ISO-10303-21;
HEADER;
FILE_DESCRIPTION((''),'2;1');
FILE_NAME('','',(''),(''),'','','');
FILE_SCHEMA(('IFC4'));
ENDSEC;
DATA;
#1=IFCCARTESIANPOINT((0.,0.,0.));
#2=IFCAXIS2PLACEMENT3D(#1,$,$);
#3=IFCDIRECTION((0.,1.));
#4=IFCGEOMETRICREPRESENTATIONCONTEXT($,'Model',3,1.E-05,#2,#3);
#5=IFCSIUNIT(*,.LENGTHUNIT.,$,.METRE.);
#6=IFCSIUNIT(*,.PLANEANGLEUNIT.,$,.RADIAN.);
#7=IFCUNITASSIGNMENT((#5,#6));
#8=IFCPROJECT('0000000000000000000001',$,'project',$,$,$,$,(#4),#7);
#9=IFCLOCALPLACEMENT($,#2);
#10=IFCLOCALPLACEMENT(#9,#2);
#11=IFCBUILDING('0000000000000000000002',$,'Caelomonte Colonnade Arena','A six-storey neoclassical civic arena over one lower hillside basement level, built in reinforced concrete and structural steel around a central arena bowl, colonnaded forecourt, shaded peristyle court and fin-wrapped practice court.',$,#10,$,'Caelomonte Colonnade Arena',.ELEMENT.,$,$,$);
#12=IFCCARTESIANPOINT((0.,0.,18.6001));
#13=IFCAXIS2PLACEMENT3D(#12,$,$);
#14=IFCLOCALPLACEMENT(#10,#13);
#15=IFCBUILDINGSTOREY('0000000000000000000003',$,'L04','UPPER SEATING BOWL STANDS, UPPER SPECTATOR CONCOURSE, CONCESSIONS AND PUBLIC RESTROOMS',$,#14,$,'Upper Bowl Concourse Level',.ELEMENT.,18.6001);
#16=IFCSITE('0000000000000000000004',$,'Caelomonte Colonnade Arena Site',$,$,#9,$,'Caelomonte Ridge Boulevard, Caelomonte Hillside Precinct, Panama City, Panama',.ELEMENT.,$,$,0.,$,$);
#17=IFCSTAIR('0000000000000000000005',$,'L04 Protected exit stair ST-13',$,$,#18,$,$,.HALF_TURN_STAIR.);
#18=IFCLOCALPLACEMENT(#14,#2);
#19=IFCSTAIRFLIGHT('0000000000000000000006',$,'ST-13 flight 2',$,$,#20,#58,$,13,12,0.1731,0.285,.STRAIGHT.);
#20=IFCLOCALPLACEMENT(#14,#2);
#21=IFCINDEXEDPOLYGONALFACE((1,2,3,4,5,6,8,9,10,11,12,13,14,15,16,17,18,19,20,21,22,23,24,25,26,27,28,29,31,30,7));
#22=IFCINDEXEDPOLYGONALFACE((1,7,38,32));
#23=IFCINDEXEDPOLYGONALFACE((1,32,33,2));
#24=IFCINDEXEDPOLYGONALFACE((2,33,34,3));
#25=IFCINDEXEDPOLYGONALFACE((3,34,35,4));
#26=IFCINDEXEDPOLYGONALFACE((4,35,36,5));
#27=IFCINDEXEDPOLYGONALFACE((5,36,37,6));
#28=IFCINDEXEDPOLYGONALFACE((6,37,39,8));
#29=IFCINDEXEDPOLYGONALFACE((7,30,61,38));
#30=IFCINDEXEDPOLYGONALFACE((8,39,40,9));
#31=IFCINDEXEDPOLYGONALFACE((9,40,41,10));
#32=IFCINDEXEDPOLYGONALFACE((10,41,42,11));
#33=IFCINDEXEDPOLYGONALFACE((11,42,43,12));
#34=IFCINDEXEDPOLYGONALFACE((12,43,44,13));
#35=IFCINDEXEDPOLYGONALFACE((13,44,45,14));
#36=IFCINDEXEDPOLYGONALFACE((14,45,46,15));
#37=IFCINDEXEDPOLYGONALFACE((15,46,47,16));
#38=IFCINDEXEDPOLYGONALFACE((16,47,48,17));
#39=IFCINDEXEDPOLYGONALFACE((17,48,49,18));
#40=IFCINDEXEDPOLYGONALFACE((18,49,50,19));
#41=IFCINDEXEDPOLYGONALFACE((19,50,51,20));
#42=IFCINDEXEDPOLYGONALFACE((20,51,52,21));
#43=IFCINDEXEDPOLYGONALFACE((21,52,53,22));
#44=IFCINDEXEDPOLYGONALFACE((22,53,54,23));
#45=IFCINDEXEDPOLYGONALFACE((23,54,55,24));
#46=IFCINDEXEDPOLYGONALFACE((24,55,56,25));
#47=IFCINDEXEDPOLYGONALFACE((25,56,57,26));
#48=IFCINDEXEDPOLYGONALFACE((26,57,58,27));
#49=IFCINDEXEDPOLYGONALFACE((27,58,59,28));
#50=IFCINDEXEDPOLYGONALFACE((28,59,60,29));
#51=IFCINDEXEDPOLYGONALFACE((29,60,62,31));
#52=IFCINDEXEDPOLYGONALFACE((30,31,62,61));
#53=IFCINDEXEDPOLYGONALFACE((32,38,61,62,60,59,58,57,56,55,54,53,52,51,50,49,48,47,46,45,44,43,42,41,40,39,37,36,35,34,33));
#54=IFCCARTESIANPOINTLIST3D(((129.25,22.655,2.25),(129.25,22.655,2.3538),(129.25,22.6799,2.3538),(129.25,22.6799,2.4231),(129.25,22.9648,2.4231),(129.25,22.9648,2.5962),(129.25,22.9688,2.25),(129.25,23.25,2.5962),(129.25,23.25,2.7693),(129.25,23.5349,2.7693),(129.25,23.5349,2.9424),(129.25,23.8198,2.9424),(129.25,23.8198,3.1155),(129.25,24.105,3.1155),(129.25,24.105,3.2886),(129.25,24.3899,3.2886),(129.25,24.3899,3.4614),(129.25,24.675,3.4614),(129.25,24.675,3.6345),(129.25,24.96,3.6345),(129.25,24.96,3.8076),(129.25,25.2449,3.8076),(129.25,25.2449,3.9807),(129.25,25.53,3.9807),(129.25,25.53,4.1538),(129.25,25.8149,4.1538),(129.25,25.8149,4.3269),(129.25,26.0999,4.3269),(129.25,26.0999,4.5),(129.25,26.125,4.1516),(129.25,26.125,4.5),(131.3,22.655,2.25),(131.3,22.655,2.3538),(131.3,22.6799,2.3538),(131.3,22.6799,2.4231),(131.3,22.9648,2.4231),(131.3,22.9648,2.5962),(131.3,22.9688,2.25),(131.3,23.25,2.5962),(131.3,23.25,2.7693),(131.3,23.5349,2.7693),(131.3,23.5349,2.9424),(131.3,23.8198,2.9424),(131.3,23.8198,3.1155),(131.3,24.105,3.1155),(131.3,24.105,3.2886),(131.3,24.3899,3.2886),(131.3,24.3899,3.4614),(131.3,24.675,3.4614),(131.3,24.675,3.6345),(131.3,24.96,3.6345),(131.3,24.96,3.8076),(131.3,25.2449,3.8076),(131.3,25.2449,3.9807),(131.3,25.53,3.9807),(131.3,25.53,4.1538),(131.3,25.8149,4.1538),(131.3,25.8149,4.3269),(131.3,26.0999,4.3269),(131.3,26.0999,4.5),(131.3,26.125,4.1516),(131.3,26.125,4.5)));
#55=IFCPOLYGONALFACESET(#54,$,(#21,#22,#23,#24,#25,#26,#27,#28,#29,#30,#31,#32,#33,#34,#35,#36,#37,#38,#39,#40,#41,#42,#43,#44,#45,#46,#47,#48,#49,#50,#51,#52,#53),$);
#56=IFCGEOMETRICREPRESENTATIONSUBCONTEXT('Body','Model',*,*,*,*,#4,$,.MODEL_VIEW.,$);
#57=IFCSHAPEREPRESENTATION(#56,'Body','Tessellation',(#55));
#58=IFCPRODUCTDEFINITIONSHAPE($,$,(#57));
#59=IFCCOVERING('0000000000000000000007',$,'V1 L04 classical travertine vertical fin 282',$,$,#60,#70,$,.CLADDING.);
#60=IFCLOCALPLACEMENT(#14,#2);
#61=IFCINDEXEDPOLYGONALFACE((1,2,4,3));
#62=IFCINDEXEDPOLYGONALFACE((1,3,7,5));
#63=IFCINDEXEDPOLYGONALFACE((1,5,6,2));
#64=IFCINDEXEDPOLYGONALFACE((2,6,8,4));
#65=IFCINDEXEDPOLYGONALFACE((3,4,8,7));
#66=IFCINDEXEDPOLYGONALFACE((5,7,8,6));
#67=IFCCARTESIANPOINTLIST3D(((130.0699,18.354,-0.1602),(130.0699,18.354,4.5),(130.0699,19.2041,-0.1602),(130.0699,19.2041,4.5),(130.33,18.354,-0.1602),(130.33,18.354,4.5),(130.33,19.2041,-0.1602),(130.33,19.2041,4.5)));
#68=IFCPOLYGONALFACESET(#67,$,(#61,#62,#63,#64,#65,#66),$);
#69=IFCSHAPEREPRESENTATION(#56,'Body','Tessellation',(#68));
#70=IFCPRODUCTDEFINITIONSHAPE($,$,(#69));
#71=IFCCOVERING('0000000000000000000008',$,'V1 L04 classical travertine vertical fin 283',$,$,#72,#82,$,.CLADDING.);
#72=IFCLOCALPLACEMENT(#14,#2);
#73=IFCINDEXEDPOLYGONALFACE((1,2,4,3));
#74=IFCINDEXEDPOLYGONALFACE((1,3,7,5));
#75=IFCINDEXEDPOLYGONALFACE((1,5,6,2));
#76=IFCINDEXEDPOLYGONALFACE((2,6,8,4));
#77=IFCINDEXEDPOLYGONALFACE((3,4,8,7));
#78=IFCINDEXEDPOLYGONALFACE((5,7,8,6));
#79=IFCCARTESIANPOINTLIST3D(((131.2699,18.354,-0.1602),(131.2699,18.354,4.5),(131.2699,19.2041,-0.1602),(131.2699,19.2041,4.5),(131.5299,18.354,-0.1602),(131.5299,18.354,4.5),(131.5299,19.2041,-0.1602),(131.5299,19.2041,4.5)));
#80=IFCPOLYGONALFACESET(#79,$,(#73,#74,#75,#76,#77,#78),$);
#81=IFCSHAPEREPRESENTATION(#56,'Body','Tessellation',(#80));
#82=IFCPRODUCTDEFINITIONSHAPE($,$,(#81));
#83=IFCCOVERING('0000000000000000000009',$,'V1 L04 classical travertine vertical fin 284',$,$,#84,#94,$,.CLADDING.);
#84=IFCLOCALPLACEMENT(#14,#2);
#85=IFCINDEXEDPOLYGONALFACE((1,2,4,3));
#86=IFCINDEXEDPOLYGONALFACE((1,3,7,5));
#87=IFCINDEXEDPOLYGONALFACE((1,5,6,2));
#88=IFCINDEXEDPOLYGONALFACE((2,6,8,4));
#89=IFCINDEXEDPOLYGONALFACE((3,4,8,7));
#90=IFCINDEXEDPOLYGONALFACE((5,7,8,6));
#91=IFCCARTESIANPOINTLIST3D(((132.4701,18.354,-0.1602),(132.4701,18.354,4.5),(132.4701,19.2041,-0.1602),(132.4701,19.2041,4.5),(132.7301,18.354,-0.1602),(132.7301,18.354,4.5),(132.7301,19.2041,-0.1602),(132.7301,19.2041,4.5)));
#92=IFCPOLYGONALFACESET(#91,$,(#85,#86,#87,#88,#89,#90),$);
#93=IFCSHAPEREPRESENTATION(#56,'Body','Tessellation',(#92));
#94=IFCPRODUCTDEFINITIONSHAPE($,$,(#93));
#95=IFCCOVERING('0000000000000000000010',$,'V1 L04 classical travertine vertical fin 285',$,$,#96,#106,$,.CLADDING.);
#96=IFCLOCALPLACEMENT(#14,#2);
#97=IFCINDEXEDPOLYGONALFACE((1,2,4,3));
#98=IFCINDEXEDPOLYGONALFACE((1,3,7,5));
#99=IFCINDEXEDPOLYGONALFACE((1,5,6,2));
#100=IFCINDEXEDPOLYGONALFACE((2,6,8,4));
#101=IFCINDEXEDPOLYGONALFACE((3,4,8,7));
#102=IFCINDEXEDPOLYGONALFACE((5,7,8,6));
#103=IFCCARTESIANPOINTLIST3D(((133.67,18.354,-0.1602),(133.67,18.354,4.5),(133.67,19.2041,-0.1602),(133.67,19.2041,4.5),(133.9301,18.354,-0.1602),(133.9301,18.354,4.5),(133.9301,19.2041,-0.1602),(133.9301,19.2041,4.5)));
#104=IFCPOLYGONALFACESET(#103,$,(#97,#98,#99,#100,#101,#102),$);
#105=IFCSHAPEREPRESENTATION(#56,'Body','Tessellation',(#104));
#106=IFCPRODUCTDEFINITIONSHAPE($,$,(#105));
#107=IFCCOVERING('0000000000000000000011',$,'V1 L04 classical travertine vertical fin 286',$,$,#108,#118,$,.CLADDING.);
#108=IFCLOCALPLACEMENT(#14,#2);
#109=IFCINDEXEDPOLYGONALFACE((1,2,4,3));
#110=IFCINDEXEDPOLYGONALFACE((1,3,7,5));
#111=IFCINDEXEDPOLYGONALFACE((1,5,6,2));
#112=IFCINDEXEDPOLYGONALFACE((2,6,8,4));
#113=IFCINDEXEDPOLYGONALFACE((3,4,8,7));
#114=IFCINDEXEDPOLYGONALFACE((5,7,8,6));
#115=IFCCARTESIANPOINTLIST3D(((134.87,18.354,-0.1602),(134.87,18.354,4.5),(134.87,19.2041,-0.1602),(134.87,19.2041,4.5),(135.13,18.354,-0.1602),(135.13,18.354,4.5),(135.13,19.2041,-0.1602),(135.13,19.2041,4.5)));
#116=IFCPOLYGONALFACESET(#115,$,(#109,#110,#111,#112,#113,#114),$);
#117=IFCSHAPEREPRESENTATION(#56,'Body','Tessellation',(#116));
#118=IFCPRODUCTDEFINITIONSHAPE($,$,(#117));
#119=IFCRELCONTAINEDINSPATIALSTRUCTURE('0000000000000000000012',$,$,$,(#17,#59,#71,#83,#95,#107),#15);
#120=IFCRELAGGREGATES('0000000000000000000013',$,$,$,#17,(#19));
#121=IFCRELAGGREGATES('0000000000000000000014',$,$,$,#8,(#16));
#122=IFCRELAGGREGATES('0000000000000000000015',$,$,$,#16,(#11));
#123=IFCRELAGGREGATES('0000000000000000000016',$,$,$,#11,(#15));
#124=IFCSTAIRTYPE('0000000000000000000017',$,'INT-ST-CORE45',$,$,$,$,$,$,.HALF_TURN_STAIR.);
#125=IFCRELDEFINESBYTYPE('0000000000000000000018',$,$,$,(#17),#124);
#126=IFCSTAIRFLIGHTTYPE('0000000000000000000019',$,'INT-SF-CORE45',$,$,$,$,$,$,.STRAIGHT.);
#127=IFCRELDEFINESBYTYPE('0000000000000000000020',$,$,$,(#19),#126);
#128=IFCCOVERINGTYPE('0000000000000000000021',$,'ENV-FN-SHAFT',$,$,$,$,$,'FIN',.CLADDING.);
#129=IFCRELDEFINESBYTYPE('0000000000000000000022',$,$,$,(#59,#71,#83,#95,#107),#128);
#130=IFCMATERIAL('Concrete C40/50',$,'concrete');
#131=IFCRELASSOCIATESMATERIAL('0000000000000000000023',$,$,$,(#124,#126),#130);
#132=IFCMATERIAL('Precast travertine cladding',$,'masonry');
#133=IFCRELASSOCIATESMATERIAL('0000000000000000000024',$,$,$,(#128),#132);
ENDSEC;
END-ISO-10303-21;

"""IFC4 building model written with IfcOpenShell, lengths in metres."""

from ifc_helpers import new_model, si_unit, direction, frame, origin, origin_2d, place, context, subcontext, project, spatial, polyline, rectangle, outline, extrude, material, material_profile, profile_set, type_object, element, aggregate, save


model = new_model("IFC4")

# Units and contexts
model_context = context("Model", 3, precision=1e-05, world=origin(), true_north=direction((0.0, 1.0)))
body_context = subcontext(model_context, "Body", "Model", "MODEL_VIEW")
ifc_project = project(units=[si_unit("LENGTHUNIT", "METRE"), si_unit("PLANEANGLEUNIT", "RADIAN")], contexts=[model_context])

# Site, building, storey
site_placement = place(None, origin())
site = spatial("IfcSite", under=ifc_project, at=site_placement, Name="Caelomonte Colonnade Arena Site", LongName="Caelomonte Ridge Boulevard, Caelomonte Hillside Precinct, Panama City, Panama", CompositionType="ELEMENT", RefElevation=0.0)
building_placement = place(site_placement, origin())
building = spatial("IfcBuilding", under=site, at=building_placement, Name="Caelomonte Colonnade Arena", Description="A six-storey neoclassical civic arena over one lower hillside basement level, built in reinforced concrete and structural steel around a central arena bowl, colonnaded forecourt, shaded peristyle court and fin-wrapped practice court.", LongName="Caelomonte Colonnade Arena", CompositionType="ELEMENT")
storey_placement = place(building_placement, frame((0.0, 0.0, 18.6001)))
storey = spatial("IfcBuildingStorey", under=building, at=storey_placement, Name="L04", Description="UPPER SEATING BOWL STANDS, UPPER SPECTATOR CONCOURSE, CONCESSIONS AND PUBLIC RESTROOMS", LongName="Upper Bowl Concourse Level", CompositionType="ELEMENT", Elevation=18.6001)

# Shared definitions
ifc_material_1 = material(Name="Concrete C40/50", Category="concrete")

# Stair, stair flight
stair_type = type_object("IfcStairType", Name="INT-ST-CORE45", PredefinedType="HALF_TURN_STAIR", material=ifc_material_1)
stair_placement = place(storey_placement, origin())
stair = element("IfcStair", 1, at=stair_placement, inside=storey, type_object=stair_type, Name="L04 Protected exit stair ST-13", PredefinedType="HALF_TURN_STAIR")
stair_flight_type = type_object("IfcStairFlightType", Name="INT-SF-CORE45", PredefinedType="STRAIGHT", material=ifc_material_1)
stair_flight_placement = place(storey_placement, frame((130.2749, 22.6799, 2.25), z_axis=(0.0, 0.0, 1.0), x_axis=(0.0, 1.0, 0.0)))
stair_flight = element("IfcStairFlight", 2, at=stair_flight_placement, type_object=stair_flight_type, Name="ST-13 flight 2", NumberOfRisers=13, NumberOfTreads=12, PredefinedType="STRAIGHT", RiserHeight=0.1731, TreadLength=0.285, context=body_context, shape_type="SweptSolid", body=[
    extrude(outline(polyline([(-0.0249, 0.0), (-0.0249, 0.1038), (0.0, 0.1038), (0.0, 0.1731), (0.2849, 0.1731), (0.2849, 0.3462), (0.5701, 0.3462), (0.5701, 0.5193), (0.855, 0.5193), (0.855, 0.6924), (1.1399, 0.6924), (1.1399, 0.8655), (1.425, 0.8655), (1.425, 1.0386), (1.71, 1.0386), (1.71, 1.2114), (1.9951, 1.2114), (1.9951, 1.3845), (2.28, 1.3845), (2.28, 1.5576), (2.5649, 1.5576), (2.5649, 1.7307), (2.8501, 1.7307), (2.8501, 1.9038), (3.135, 1.9038), (3.135, 2.0769), (3.4199, 2.0769), (3.4199, 2.25), (3.4451, 2.25), (3.4451, 1.9016), (0.2888, 0.0), (-0.0249, 0.0)])), frame((0.0, 1.0249, 0.0), z_axis=(0.0, -1.0, 0.0), x_axis=(1.0, 0.0, 0.0)), (0.0, 0.0, 1.0), 2.05),
])
aggregate(stair, [stair_flight])

# Coverings
ifc_material_2 = material(Name="Precast travertine cladding", Category="masonry")
ifc_material_profile_1 = material_profile(ifc_material_2, rectangle(XDim=0.26, YDim=0.8501, at=origin_2d()), Name="FIN260X850")
ifc_profile_set_1 = profile_set([ifc_material_profile_1], Name="Precast travertine cladding")
covering_type = type_object("IfcCoveringType", Name="ENV-FN-SHAFT", ElementType="FIN", PredefinedType="CLADDING", material=ifc_profile_set_1)
for number, where, z_axis, x_axis, name in (
    (3, (130.2, 18.7791, -0.1602), (0.0, 0.0, 1.0), (-1.0, 0.0, 0.0), "V1 L04 classical travertine vertical fin 282"),
    (4, (131.3999, 18.7791, -0.1602), (0.0, 0.0, 1.0), (-1.0, 0.0, 0.0), "V1 L04 classical travertine vertical fin 283"),
    (5, (132.6001, 18.7791, -0.1602), (0.0, 0.0, 1.0), (-1.0, 0.0, 0.0), "V1 L04 classical travertine vertical fin 284"),
    (6, (133.8, 18.7791, -0.1602), (0.0, 0.0, 1.0), (-1.0, 0.0, 0.0), "V1 L04 classical travertine vertical fin 285"),
    (7, (135.0, 18.7791, -0.1602), (0.0, 0.0, 1.0), (-1.0, 0.0, 0.0), "V1 L04 classical travertine vertical fin 286"),
):
    element("IfcCovering", number, at=place(storey_placement, frame(where, z_axis=z_axis, x_axis=x_axis)), inside=storey, type_object=covering_type, Name=name, PredefinedType="CLADDING", context=body_context, shape_type="SweptSolid", body=[
        extrude(rectangle(XDim=0.26, YDim=0.8501, at=origin_2d()), origin(), (0.0, 0.0, 1.0), 4.6602),
    ])

save(model, "model.ifc")
